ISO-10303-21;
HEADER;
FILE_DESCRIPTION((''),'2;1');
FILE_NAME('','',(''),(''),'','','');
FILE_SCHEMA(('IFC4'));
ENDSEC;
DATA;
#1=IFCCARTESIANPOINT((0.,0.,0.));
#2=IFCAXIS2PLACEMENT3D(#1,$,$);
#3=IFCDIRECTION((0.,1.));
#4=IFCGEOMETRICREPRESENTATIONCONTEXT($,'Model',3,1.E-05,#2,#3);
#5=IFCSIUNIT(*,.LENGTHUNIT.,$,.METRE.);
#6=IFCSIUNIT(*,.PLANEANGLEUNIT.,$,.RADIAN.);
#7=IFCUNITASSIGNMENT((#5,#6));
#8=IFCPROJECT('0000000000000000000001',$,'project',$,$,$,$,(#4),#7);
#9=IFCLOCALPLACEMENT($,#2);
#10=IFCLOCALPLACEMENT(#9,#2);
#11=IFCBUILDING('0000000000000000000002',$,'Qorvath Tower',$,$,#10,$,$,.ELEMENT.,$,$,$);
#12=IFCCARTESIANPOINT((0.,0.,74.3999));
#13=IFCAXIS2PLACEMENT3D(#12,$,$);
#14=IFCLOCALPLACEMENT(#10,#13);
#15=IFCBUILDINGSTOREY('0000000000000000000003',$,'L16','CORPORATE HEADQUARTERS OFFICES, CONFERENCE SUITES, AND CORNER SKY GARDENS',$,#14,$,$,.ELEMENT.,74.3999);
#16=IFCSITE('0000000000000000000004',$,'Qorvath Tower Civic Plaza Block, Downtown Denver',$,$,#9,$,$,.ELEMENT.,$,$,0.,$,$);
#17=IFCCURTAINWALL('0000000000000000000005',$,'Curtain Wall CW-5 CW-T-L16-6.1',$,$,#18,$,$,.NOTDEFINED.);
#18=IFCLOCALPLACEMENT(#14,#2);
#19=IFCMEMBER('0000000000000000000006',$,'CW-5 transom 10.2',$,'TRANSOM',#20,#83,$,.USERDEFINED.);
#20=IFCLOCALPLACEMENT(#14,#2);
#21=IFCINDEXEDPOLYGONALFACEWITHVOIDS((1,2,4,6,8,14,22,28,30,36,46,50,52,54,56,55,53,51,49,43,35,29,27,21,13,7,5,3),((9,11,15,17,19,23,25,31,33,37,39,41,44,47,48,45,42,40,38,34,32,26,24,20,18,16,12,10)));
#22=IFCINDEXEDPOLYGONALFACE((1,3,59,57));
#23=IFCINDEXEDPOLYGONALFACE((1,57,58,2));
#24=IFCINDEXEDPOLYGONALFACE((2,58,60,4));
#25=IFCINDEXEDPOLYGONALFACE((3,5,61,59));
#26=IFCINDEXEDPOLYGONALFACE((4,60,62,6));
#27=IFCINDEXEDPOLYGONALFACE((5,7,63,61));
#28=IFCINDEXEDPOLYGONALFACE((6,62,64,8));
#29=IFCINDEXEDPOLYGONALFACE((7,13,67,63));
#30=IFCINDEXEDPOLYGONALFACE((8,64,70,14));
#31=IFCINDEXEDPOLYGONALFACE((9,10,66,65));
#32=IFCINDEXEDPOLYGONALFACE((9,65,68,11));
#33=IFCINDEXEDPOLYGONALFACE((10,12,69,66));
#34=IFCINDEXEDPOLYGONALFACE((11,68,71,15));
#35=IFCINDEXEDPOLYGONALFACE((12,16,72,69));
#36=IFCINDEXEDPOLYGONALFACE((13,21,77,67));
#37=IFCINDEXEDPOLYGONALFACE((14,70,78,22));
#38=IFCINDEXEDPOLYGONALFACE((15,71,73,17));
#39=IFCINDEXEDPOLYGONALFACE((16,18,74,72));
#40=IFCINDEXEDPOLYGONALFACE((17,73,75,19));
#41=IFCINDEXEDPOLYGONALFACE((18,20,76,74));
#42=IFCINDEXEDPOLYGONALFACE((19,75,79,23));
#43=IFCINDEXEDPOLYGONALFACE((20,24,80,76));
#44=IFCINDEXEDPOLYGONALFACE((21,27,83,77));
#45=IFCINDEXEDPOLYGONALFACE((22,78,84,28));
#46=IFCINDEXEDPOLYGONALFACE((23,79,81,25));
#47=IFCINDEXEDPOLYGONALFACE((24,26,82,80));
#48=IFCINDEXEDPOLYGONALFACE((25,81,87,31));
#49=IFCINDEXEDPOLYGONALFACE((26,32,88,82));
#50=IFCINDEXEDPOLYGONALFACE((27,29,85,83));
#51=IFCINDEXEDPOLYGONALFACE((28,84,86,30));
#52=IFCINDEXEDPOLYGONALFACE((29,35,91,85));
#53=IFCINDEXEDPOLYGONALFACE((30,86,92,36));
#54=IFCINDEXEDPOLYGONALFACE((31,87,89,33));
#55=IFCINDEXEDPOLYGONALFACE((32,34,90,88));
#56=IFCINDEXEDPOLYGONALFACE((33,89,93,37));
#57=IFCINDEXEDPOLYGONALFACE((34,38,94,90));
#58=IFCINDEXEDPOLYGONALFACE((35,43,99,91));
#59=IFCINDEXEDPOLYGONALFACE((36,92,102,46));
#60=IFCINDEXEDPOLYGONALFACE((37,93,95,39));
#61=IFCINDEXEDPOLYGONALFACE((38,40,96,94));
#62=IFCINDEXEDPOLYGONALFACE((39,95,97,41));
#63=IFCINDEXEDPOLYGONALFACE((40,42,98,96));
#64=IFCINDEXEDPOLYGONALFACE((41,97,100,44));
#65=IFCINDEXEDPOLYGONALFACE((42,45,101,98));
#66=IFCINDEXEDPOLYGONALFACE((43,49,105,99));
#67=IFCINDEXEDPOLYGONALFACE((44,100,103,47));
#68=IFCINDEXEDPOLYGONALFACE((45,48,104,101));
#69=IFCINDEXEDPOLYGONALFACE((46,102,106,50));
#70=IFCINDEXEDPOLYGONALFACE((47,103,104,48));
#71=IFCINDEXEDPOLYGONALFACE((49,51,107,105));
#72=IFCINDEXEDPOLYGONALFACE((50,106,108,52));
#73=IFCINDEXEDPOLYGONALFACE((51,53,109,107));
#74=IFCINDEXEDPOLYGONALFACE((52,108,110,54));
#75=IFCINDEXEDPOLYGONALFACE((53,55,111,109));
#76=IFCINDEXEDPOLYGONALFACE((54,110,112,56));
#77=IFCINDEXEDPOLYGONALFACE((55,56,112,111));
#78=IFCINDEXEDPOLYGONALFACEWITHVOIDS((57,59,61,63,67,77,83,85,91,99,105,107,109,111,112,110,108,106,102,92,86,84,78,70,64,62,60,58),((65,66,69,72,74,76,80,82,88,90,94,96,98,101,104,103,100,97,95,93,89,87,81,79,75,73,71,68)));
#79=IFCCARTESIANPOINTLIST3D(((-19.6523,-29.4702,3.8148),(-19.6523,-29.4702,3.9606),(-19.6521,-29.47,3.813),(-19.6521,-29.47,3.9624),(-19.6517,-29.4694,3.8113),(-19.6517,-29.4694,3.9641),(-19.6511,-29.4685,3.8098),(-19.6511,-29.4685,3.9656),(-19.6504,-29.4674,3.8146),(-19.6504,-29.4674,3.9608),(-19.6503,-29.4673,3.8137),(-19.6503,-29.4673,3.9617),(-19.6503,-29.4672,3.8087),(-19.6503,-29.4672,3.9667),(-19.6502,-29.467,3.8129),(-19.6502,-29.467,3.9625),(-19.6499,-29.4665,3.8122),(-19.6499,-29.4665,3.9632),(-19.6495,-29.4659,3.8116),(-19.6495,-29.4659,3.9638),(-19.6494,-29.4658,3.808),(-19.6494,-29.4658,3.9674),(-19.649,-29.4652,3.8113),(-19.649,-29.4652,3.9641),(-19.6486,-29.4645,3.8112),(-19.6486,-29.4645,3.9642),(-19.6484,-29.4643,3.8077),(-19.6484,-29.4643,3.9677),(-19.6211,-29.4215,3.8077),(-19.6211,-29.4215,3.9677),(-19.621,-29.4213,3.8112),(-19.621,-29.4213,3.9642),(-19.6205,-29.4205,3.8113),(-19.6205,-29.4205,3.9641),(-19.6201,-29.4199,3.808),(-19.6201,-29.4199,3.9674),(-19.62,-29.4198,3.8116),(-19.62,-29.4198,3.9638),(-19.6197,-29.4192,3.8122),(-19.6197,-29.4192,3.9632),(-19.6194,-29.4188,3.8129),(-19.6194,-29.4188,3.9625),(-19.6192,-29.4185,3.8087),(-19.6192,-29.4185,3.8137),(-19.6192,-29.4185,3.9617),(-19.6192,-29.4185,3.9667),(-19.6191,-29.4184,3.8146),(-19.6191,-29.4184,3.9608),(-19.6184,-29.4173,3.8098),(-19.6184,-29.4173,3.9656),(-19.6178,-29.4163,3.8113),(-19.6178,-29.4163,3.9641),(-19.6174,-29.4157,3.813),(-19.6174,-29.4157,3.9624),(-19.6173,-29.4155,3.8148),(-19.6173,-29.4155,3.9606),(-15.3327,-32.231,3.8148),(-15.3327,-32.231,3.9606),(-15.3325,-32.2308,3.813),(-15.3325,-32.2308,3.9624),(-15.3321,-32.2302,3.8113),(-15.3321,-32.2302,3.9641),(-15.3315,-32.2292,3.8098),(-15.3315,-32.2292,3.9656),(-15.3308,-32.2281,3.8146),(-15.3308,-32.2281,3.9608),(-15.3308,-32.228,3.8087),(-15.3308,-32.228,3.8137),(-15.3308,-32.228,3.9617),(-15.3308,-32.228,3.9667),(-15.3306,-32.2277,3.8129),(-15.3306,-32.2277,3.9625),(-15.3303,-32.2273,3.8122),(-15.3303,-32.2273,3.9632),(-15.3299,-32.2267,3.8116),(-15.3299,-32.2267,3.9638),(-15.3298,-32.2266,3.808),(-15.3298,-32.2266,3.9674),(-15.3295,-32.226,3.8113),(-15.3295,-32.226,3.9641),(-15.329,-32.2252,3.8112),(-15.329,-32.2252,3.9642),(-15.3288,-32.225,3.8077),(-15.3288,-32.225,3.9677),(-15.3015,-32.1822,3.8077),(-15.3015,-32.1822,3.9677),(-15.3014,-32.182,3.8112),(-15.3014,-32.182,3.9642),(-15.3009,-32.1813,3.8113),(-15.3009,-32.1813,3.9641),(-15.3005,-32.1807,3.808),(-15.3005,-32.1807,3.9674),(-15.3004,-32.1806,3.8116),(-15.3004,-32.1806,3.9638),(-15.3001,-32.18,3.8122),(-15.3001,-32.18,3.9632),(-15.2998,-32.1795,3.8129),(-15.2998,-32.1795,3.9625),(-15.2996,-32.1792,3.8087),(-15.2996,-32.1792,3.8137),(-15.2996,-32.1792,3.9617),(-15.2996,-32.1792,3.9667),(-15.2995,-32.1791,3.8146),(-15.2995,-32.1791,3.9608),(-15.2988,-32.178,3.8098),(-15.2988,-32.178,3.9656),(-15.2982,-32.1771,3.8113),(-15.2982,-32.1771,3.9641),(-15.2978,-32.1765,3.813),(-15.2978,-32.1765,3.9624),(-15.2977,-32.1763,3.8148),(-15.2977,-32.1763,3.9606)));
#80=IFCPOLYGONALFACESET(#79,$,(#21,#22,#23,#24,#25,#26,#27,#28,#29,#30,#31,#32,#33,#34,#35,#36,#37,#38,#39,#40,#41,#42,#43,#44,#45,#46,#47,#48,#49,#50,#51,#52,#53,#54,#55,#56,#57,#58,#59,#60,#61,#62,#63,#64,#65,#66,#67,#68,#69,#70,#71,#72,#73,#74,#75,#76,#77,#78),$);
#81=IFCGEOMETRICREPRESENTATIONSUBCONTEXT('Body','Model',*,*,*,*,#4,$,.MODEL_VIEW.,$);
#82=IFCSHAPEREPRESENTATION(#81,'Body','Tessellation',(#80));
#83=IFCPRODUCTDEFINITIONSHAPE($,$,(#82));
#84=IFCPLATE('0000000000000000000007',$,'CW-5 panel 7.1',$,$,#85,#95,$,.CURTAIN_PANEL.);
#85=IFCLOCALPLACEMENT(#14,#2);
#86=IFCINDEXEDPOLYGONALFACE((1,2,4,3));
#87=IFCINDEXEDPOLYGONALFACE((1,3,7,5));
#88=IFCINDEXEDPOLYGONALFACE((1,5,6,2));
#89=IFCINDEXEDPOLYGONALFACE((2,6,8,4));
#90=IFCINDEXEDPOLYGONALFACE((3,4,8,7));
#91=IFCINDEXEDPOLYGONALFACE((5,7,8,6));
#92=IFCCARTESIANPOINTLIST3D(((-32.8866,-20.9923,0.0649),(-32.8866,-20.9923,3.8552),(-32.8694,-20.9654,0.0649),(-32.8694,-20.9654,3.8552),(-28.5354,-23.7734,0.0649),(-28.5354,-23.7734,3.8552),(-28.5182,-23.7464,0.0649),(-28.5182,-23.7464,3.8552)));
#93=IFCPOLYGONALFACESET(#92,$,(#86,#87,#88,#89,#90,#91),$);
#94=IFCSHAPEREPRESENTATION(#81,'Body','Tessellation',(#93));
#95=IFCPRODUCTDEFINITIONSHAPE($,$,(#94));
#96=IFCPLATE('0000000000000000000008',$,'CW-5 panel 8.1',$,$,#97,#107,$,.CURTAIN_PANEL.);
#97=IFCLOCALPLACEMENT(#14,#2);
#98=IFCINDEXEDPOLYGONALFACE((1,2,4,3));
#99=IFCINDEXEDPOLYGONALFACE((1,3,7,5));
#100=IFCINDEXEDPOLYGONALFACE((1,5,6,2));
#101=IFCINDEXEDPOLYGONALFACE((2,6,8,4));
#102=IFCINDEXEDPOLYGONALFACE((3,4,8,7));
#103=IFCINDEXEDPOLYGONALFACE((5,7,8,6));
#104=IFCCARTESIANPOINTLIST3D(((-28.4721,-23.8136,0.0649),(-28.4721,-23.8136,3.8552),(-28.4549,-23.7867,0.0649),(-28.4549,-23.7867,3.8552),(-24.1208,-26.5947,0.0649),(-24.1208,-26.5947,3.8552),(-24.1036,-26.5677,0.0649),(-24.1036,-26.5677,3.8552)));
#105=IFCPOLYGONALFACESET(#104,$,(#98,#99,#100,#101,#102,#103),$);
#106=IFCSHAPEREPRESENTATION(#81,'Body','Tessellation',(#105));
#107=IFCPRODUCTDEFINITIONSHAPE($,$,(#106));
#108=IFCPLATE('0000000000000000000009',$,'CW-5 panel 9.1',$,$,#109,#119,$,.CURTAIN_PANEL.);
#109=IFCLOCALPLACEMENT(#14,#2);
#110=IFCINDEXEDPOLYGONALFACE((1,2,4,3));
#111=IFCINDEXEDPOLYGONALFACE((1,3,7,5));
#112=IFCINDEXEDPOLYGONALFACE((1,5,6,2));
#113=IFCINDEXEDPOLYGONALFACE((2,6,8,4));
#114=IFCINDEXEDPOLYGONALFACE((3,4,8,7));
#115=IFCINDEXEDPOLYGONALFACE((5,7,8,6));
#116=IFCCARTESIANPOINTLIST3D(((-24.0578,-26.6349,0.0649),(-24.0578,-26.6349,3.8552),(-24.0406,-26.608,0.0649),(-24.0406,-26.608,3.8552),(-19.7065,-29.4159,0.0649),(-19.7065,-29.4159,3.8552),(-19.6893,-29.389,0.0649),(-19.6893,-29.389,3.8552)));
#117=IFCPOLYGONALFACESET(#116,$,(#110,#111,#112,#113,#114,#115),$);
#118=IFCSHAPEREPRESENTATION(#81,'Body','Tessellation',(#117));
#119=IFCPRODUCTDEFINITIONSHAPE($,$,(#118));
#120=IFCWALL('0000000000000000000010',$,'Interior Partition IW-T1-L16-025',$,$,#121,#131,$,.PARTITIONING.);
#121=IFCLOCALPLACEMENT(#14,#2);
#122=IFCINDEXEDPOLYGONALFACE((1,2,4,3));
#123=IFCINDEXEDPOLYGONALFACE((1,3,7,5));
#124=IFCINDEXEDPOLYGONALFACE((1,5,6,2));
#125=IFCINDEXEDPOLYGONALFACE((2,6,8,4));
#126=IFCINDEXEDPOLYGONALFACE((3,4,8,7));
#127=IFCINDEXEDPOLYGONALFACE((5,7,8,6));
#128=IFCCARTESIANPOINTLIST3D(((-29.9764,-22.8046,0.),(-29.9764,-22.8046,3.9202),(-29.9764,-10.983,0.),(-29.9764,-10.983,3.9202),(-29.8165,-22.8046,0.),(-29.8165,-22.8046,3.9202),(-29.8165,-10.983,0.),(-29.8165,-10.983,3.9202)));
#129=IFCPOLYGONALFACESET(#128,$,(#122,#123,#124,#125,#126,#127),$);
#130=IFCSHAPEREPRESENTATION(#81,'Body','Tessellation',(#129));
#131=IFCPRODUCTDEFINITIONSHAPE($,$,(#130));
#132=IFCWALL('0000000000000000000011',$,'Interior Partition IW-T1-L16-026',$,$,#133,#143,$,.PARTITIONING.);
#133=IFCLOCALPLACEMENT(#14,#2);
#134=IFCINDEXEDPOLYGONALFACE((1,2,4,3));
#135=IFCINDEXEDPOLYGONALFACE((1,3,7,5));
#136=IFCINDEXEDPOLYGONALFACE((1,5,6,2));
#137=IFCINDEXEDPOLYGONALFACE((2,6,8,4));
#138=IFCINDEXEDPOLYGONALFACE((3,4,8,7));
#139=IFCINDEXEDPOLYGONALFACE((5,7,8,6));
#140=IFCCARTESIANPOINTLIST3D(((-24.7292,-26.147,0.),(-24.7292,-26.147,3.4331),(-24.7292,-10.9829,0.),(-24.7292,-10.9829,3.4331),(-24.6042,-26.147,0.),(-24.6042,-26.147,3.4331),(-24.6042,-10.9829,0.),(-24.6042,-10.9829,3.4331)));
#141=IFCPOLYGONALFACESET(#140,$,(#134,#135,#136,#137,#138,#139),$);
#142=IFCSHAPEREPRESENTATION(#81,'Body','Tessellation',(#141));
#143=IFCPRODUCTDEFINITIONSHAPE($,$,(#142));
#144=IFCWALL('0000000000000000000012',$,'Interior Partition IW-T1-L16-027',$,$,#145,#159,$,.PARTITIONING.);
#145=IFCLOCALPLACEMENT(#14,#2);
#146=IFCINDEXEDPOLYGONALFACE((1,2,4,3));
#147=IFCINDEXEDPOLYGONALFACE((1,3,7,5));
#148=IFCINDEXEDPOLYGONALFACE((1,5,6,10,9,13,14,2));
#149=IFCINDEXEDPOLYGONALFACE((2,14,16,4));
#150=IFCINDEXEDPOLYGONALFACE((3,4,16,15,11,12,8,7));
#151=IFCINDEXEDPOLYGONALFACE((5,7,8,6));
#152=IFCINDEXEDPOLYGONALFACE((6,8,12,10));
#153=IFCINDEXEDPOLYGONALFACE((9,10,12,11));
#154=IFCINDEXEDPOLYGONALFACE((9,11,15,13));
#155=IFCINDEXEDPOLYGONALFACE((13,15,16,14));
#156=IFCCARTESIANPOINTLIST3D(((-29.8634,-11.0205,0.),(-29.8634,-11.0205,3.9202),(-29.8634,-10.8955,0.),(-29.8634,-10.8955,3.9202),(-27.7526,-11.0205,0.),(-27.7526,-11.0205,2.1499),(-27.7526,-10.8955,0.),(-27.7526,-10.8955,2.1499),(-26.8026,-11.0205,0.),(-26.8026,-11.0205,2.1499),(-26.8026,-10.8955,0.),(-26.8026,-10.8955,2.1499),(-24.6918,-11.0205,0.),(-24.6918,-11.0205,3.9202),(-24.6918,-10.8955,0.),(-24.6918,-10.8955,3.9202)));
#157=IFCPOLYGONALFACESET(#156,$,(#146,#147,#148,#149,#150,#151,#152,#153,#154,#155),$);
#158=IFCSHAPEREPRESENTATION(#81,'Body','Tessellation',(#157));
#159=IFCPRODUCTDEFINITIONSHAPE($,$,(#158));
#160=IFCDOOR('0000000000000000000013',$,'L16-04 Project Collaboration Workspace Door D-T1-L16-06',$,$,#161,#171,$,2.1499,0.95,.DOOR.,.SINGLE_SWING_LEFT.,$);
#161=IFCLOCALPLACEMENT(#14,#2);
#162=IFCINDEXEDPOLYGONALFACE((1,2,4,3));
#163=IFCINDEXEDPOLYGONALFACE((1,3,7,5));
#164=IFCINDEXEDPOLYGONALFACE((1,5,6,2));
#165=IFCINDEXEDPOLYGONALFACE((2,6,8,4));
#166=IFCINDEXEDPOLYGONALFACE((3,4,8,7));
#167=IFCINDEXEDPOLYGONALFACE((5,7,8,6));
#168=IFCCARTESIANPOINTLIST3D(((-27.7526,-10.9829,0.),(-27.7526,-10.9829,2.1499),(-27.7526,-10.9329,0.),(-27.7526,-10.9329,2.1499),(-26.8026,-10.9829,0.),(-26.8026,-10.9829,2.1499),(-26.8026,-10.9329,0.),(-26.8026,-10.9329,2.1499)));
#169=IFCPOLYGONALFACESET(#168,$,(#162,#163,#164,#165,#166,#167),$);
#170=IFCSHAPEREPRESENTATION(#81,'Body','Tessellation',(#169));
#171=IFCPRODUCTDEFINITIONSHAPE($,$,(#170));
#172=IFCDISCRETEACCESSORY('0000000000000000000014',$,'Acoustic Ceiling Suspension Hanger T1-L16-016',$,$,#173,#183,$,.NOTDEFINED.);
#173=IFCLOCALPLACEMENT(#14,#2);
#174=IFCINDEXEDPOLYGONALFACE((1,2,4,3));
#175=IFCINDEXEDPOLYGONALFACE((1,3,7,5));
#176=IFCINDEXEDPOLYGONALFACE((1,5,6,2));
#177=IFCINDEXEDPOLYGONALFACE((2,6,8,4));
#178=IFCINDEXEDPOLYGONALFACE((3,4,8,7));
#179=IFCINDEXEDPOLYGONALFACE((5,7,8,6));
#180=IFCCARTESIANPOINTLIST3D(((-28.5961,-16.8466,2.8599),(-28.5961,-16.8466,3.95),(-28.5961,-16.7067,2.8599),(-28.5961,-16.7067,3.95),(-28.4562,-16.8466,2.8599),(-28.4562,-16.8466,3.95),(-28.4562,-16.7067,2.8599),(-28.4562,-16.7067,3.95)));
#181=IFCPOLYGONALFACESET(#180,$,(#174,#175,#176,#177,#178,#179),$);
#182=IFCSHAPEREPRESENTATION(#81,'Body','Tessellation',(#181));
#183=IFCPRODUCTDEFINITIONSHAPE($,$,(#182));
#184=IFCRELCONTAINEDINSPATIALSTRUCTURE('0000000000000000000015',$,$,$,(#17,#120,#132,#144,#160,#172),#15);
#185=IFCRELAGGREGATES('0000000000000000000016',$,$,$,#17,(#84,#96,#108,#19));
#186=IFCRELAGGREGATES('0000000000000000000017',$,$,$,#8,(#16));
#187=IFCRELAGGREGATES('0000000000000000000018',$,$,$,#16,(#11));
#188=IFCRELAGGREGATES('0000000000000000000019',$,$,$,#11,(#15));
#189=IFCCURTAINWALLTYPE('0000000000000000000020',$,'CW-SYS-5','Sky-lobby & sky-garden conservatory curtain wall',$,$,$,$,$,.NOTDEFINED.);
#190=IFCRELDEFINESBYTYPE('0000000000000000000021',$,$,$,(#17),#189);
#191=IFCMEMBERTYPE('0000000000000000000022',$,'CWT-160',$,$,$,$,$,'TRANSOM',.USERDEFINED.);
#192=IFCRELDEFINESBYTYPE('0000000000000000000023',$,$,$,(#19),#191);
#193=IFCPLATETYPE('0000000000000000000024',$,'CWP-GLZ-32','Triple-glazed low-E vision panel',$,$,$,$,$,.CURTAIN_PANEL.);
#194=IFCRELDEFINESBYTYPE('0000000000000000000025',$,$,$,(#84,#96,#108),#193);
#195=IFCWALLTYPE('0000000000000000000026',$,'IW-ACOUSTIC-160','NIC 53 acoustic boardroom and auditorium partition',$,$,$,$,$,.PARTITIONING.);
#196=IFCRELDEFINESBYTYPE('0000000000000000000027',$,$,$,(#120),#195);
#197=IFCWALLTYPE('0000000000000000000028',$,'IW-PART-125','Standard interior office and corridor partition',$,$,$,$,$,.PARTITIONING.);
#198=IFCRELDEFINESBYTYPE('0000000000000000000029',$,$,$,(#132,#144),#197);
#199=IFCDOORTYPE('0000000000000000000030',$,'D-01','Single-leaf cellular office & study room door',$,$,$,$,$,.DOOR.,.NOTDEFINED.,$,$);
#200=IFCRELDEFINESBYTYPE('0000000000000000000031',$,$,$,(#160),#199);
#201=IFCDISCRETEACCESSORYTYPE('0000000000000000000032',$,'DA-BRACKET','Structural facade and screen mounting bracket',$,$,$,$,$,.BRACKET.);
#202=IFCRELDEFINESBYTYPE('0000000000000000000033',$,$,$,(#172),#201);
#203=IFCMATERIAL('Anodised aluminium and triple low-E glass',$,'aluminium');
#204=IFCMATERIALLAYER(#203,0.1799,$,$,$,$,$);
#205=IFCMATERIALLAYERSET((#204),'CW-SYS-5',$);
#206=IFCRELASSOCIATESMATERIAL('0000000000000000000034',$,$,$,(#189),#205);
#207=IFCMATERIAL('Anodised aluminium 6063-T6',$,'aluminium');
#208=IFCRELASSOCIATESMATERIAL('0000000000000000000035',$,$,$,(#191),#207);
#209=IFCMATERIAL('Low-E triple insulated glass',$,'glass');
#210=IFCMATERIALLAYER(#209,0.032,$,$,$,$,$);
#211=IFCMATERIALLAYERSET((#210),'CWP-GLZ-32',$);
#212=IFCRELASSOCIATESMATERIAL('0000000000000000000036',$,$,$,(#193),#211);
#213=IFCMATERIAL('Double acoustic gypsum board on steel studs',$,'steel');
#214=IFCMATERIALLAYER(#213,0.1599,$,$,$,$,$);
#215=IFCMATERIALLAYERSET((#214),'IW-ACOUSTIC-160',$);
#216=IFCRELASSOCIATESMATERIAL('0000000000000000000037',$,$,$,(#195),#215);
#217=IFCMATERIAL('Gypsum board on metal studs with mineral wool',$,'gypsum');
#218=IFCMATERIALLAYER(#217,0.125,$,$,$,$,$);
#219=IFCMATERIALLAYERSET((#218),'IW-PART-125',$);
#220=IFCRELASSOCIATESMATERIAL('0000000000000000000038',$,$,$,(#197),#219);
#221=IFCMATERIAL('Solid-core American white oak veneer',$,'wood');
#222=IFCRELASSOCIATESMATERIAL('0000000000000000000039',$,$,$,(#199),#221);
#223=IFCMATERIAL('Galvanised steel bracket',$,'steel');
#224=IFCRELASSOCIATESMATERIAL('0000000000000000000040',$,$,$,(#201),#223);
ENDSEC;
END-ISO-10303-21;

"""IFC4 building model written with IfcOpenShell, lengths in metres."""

from ifc_helpers import new_model, si_unit, direction, frame, frame_2d, origin, origin_2d, place, context, subcontext, project, spatial, rectangle, hollow_rectangle, extrude, material, layer, layer_set, material_profile, profile_set, type_object, element, fill, aggregate, save


model = new_model("IFC4")

# Units and contexts
model_context = context("Model", 3, precision=1e-05, world=origin(), true_north=direction((0.0, 1.0)))
body_context = subcontext(model_context, "Body", "Model", "MODEL_VIEW")
ifc_project = project(units=[si_unit("LENGTHUNIT", "METRE"), si_unit("PLANEANGLEUNIT", "RADIAN")], contexts=[model_context])

# Site, building, storey
site_placement = place(None, origin())
site = spatial("IfcSite", under=ifc_project, at=site_placement, Name="Qorvath Tower Civic Plaza Block, Downtown Denver", CompositionType="ELEMENT", RefElevation=0.0)
building_placement = place(site_placement, origin())
building = spatial("IfcBuilding", under=site, at=building_placement, Name="Qorvath Tower", CompositionType="ELEMENT")
storey_placement = place(building_placement, frame((0.0, 0.0, 74.3999)))
storey = spatial("IfcBuildingStorey", under=building, at=storey_placement, Name="L16", Description="CORPORATE HEADQUARTERS OFFICES, CONFERENCE SUITES, AND CORNER SKY GARDENS", CompositionType="ELEMENT", Elevation=74.3999)

# Curtain wall, member, plates
ifc_material_1 = material(Name="Anodised aluminium and triple low-E glass", Category="aluminium")
ifc_layer_1 = layer(ifc_material_1, 0.1799)
ifc_layer_set_1 = layer_set([ifc_layer_1], Name="CW-SYS-5")
curtain_wall_type = type_object("IfcCurtainWallType", Name="CW-SYS-5", Description="Sky-lobby & sky-garden conservatory curtain wall", PredefinedType="NOTDEFINED", material=ifc_layer_set_1)
curtain_wall_placement = place(storey_placement, origin())
curtain_wall = element("IfcCurtainWall", 1, at=curtain_wall_placement, inside=storey, type_object=curtain_wall_type, Name="Curtain Wall CW-5 CW-T-L16-6.1", PredefinedType="NOTDEFINED")
ifc_material_2 = material(Name="Anodised aluminium 6063-T6", Category="aluminium")
ifc_material_profile_1 = material_profile(ifc_material_2, hollow_rectangle(XDim=0.0649, YDim=0.1599, WallThickness=0.0034, InnerFilletRadius=0.0034, OuterFilletRadius=0.0071, at=origin_2d()), Name="CWT 160x65")
ifc_profile_set_1 = profile_set([ifc_material_profile_1], Name="Anodised aluminium 6063-T6")
member_type_1 = type_object("IfcMemberType", Name="CWT-160", ElementType="TRANSOM", PredefinedType="USERDEFINED", material=ifc_profile_set_1)
member_1_placement = place(storey_placement, frame((-19.6348, -29.4429, 3.8877), z_axis=(0.842607, -0.538529, 0.0), x_axis=(0.538529, 0.842607, 0.0)))
member_1 = element("IfcMember", 2, at=member_1_placement, type_object=member_type_1, Name="CW-5 transom 10.2", ObjectType="TRANSOM", PredefinedType="USERDEFINED", context=body_context, shape_type="SweptSolid", body=[
    extrude(hollow_rectangle(XDim=0.0649, YDim=0.1599, WallThickness=0.0034, InnerFilletRadius=0.0034, OuterFilletRadius=0.0071, at=origin_2d()), origin(), (0.0, 0.0, 1.0), 5.1265),
])
ifc_material_3 = material(Name="Low-E triple insulated glass", Category="glass")
ifc_layer_2 = layer(ifc_material_3, 0.032)
ifc_layer_set_2 = layer_set([ifc_layer_2], Name="CWP-GLZ-32")
plate_type = type_object("IfcPlateType", Name="CWP-GLZ-32", Description="Triple-glazed low-E vision panel", PredefinedType="CURTAIN_PANEL", material=ifc_layer_set_2)
plate_1_placement = place(storey_placement, frame((-30.7024, -22.3694, 0.0649), z_axis=(0.0, 0.0, 1.0), x_axis=(0.842604, -0.538533, 0.0)))
plate_1 = element("IfcPlate", 3, at=plate_1_placement, type_object=plate_type, Name="CW-5 panel 7.1", PredefinedType="CURTAIN_PANEL", context=body_context, shape_type="SweptSolid", body=[
    extrude(rectangle(XDim=5.1641, YDim=0.032, at=origin_2d()), origin(), (0.0, 0.0, 1.0), 3.7903),
])
plate_2_placement = place(storey_placement, frame((-26.2878, -25.1907, 0.0649), z_axis=(0.0, 0.0, 1.0), x_axis=(0.842604, -0.538533, 0.0)))
plate_2 = element("IfcPlate", 4, at=plate_2_placement, type_object=plate_type, Name="CW-5 panel 8.1", PredefinedType="CURTAIN_PANEL", context=body_context, shape_type="SweptSolid", body=[
    extrude(rectangle(XDim=5.1641, YDim=0.032, at=origin_2d()), origin(), (0.0, 0.0, 1.0), 3.7903),
])
plate_3_placement = place(storey_placement, frame((-21.8735, -28.012, 0.0649), z_axis=(0.0, 0.0, 1.0), x_axis=(0.842604, -0.538533, 0.0)))
plate_3 = element("IfcPlate", 5, at=plate_3_placement, type_object=plate_type, Name="CW-5 panel 9.1", PredefinedType="CURTAIN_PANEL", context=body_context, shape_type="SweptSolid", body=[
    extrude(rectangle(XDim=5.1641, YDim=0.032, at=origin_2d()), origin(), (0.0, 0.0, 1.0), 3.7903),
])
aggregate(curtain_wall, [plate_1, plate_2, plate_3, member_1])

# Shared definitions
ifc_material_4 = material(Name="Double acoustic gypsum board on steel studs", Category="steel")
ifc_layer_3 = layer(ifc_material_4, 0.1599)
ifc_layer_set_3 = layer_set([ifc_layer_3], Name="IW-ACOUSTIC-160")
wall_type_1 = type_object("IfcWallType", Name="IW-ACOUSTIC-160", Description="NIC 53 acoustic boardroom and auditorium partition", PredefinedType="PARTITIONING", material=ifc_layer_set_3)

# Walls
wall_1_placement = place(storey_placement, frame((-29.8965, -22.8044, 0.0), z_axis=(0.0, 0.0, 1.0), x_axis=(0.0, 1.0, 0.0)))
element("IfcWall", 6, at=wall_1_placement, inside=storey, type_object=wall_type_1, Name="Interior Partition IW-T1-L16-025", PredefinedType="PARTITIONING", context=body_context, shape_type="SweptSolid", body=[
    extrude(rectangle(XDim=11.8215, YDim=0.1599, at=frame_2d((5.9106, 0.0))), origin(), (0.0, 0.0, 1.0), 3.9202),
])
ifc_material_5 = material(Name="Gypsum board on metal studs with mineral wool", Category="gypsum")
ifc_layer_4 = layer(ifc_material_5, 0.125)
ifc_layer_set_4 = layer_set([ifc_layer_4], Name="IW-PART-125")
wall_type_2 = type_object("IfcWallType", Name="IW-PART-125", Description="Standard interior office and corridor partition", PredefinedType="PARTITIONING", material=ifc_layer_set_4)
wall_2_placement = place(storey_placement, frame((-24.6667, -26.147, 0.0), z_axis=(0.0, 0.0, 1.0), x_axis=(0.0, 1.0, 0.0)))
element("IfcWall", 7, at=wall_2_placement, inside=storey, type_object=wall_type_2, Name="Interior Partition IW-T1-L16-026", PredefinedType="PARTITIONING", context=body_context, shape_type="SweptSolid", body=[
    extrude(rectangle(XDim=15.1641, YDim=0.125, at=frame_2d((7.582, 0.0))), origin(), (0.0, 0.0, 1.0), 3.4331),
])

# Wall, opening, door
wall_3_placement = place(storey_placement, frame((-24.6917, -10.958, 0.0), z_axis=(0.0, 0.0, 1.0), x_axis=(-1.0, 0.0, 0.0)))
wall_3 = element("IfcWall", 8, at=wall_3_placement, inside=storey, type_object=wall_type_2, Name="Interior Partition IW-T1-L16-027", PredefinedType="PARTITIONING", context=body_context, shape_type="SweptSolid", body=[
    extrude(rectangle(XDim=5.1716, YDim=0.125, at=frame_2d((2.5859, 0.0))), origin(), (0.0, 0.0, 1.0), 3.9202),
])
opening_1_placement = place(wall_3_placement, frame((2.1108, 0.0, 0.0)))
opening_1 = element("IfcOpeningElement", 9, at=opening_1_placement, cuts=wall_3, PredefinedType="OPENING", context=body_context, shape_type="SweptSolid", body=[
    extrude(rectangle(XDim=0.95, YDim=2.1499, at=frame_2d((0.4751, 1.075))), frame((0.0, 0.0725, 0.0), z_axis=(0.0, -1.0, 0.0), x_axis=(1.0, 0.0, 0.0)), (0.0, 0.0, 1.0), 0.145),
])
ifc_material_6 = material(Name="Solid-core American white oak veneer", Category="wood")
door_type_1 = type_object("IfcDoorType", Name="D-01", Description="Single-leaf cellular office & study room door", OperationType="NOTDEFINED", PredefinedType="DOOR", material=ifc_material_6)
door_1_placement = place(opening_1_placement, origin())
door_1 = element("IfcDoor", 10, at=door_1_placement, inside=storey, type_object=door_type_1, Name="L16-04 Project Collaboration Workspace Door D-T1-L16-06", OperationType="SINGLE_SWING_LEFT", OverallHeight=2.1499, OverallWidth=0.95, PredefinedType="DOOR", context=body_context, shape_type="SweptSolid", body=[
    extrude(rectangle(XDim=0.95, YDim=2.1499, at=frame_2d((0.4751, 1.075))), frame((0.0, 0.0249, 0.0), z_axis=(0.0, -1.0, 0.0), x_axis=(1.0, 0.0, 0.0)), (0.0, 0.0, 1.0), 0.05),
])
fill(opening_1, door_1)

# Discrete accessory
ifc_material_7 = material(Name="Galvanised steel bracket", Category="steel")
discrete_accessory_type = type_object("IfcDiscreteAccessoryType", Name="DA-BRACKET", Description="Structural facade and screen mounting bracket", PredefinedType="BRACKET", material=ifc_material_7)
for number, where, z_axis, x_axis, name in (
    (11, (-28.5261, -16.7766, 2.8599), (0.0, 0.0, 1.0), (1.0, 0.0, 0.0), "Acoustic Ceiling Suspension Hanger T1-L16-016"),
):
    element("IfcDiscreteAccessory", number, at=place(storey_placement, frame(where, z_axis=z_axis, x_axis=x_axis)), inside=storey, type_object=discrete_accessory_type, Name=name, PredefinedType="NOTDEFINED", context=body_context, shape_type="SweptSolid", body=[
        extrude(rectangle(XDim=0.1399, YDim=0.1399, at=origin_2d()), origin(), (0.0, 0.0, 1.0), 1.0901),
    ])

save(model, "model.ifc")
